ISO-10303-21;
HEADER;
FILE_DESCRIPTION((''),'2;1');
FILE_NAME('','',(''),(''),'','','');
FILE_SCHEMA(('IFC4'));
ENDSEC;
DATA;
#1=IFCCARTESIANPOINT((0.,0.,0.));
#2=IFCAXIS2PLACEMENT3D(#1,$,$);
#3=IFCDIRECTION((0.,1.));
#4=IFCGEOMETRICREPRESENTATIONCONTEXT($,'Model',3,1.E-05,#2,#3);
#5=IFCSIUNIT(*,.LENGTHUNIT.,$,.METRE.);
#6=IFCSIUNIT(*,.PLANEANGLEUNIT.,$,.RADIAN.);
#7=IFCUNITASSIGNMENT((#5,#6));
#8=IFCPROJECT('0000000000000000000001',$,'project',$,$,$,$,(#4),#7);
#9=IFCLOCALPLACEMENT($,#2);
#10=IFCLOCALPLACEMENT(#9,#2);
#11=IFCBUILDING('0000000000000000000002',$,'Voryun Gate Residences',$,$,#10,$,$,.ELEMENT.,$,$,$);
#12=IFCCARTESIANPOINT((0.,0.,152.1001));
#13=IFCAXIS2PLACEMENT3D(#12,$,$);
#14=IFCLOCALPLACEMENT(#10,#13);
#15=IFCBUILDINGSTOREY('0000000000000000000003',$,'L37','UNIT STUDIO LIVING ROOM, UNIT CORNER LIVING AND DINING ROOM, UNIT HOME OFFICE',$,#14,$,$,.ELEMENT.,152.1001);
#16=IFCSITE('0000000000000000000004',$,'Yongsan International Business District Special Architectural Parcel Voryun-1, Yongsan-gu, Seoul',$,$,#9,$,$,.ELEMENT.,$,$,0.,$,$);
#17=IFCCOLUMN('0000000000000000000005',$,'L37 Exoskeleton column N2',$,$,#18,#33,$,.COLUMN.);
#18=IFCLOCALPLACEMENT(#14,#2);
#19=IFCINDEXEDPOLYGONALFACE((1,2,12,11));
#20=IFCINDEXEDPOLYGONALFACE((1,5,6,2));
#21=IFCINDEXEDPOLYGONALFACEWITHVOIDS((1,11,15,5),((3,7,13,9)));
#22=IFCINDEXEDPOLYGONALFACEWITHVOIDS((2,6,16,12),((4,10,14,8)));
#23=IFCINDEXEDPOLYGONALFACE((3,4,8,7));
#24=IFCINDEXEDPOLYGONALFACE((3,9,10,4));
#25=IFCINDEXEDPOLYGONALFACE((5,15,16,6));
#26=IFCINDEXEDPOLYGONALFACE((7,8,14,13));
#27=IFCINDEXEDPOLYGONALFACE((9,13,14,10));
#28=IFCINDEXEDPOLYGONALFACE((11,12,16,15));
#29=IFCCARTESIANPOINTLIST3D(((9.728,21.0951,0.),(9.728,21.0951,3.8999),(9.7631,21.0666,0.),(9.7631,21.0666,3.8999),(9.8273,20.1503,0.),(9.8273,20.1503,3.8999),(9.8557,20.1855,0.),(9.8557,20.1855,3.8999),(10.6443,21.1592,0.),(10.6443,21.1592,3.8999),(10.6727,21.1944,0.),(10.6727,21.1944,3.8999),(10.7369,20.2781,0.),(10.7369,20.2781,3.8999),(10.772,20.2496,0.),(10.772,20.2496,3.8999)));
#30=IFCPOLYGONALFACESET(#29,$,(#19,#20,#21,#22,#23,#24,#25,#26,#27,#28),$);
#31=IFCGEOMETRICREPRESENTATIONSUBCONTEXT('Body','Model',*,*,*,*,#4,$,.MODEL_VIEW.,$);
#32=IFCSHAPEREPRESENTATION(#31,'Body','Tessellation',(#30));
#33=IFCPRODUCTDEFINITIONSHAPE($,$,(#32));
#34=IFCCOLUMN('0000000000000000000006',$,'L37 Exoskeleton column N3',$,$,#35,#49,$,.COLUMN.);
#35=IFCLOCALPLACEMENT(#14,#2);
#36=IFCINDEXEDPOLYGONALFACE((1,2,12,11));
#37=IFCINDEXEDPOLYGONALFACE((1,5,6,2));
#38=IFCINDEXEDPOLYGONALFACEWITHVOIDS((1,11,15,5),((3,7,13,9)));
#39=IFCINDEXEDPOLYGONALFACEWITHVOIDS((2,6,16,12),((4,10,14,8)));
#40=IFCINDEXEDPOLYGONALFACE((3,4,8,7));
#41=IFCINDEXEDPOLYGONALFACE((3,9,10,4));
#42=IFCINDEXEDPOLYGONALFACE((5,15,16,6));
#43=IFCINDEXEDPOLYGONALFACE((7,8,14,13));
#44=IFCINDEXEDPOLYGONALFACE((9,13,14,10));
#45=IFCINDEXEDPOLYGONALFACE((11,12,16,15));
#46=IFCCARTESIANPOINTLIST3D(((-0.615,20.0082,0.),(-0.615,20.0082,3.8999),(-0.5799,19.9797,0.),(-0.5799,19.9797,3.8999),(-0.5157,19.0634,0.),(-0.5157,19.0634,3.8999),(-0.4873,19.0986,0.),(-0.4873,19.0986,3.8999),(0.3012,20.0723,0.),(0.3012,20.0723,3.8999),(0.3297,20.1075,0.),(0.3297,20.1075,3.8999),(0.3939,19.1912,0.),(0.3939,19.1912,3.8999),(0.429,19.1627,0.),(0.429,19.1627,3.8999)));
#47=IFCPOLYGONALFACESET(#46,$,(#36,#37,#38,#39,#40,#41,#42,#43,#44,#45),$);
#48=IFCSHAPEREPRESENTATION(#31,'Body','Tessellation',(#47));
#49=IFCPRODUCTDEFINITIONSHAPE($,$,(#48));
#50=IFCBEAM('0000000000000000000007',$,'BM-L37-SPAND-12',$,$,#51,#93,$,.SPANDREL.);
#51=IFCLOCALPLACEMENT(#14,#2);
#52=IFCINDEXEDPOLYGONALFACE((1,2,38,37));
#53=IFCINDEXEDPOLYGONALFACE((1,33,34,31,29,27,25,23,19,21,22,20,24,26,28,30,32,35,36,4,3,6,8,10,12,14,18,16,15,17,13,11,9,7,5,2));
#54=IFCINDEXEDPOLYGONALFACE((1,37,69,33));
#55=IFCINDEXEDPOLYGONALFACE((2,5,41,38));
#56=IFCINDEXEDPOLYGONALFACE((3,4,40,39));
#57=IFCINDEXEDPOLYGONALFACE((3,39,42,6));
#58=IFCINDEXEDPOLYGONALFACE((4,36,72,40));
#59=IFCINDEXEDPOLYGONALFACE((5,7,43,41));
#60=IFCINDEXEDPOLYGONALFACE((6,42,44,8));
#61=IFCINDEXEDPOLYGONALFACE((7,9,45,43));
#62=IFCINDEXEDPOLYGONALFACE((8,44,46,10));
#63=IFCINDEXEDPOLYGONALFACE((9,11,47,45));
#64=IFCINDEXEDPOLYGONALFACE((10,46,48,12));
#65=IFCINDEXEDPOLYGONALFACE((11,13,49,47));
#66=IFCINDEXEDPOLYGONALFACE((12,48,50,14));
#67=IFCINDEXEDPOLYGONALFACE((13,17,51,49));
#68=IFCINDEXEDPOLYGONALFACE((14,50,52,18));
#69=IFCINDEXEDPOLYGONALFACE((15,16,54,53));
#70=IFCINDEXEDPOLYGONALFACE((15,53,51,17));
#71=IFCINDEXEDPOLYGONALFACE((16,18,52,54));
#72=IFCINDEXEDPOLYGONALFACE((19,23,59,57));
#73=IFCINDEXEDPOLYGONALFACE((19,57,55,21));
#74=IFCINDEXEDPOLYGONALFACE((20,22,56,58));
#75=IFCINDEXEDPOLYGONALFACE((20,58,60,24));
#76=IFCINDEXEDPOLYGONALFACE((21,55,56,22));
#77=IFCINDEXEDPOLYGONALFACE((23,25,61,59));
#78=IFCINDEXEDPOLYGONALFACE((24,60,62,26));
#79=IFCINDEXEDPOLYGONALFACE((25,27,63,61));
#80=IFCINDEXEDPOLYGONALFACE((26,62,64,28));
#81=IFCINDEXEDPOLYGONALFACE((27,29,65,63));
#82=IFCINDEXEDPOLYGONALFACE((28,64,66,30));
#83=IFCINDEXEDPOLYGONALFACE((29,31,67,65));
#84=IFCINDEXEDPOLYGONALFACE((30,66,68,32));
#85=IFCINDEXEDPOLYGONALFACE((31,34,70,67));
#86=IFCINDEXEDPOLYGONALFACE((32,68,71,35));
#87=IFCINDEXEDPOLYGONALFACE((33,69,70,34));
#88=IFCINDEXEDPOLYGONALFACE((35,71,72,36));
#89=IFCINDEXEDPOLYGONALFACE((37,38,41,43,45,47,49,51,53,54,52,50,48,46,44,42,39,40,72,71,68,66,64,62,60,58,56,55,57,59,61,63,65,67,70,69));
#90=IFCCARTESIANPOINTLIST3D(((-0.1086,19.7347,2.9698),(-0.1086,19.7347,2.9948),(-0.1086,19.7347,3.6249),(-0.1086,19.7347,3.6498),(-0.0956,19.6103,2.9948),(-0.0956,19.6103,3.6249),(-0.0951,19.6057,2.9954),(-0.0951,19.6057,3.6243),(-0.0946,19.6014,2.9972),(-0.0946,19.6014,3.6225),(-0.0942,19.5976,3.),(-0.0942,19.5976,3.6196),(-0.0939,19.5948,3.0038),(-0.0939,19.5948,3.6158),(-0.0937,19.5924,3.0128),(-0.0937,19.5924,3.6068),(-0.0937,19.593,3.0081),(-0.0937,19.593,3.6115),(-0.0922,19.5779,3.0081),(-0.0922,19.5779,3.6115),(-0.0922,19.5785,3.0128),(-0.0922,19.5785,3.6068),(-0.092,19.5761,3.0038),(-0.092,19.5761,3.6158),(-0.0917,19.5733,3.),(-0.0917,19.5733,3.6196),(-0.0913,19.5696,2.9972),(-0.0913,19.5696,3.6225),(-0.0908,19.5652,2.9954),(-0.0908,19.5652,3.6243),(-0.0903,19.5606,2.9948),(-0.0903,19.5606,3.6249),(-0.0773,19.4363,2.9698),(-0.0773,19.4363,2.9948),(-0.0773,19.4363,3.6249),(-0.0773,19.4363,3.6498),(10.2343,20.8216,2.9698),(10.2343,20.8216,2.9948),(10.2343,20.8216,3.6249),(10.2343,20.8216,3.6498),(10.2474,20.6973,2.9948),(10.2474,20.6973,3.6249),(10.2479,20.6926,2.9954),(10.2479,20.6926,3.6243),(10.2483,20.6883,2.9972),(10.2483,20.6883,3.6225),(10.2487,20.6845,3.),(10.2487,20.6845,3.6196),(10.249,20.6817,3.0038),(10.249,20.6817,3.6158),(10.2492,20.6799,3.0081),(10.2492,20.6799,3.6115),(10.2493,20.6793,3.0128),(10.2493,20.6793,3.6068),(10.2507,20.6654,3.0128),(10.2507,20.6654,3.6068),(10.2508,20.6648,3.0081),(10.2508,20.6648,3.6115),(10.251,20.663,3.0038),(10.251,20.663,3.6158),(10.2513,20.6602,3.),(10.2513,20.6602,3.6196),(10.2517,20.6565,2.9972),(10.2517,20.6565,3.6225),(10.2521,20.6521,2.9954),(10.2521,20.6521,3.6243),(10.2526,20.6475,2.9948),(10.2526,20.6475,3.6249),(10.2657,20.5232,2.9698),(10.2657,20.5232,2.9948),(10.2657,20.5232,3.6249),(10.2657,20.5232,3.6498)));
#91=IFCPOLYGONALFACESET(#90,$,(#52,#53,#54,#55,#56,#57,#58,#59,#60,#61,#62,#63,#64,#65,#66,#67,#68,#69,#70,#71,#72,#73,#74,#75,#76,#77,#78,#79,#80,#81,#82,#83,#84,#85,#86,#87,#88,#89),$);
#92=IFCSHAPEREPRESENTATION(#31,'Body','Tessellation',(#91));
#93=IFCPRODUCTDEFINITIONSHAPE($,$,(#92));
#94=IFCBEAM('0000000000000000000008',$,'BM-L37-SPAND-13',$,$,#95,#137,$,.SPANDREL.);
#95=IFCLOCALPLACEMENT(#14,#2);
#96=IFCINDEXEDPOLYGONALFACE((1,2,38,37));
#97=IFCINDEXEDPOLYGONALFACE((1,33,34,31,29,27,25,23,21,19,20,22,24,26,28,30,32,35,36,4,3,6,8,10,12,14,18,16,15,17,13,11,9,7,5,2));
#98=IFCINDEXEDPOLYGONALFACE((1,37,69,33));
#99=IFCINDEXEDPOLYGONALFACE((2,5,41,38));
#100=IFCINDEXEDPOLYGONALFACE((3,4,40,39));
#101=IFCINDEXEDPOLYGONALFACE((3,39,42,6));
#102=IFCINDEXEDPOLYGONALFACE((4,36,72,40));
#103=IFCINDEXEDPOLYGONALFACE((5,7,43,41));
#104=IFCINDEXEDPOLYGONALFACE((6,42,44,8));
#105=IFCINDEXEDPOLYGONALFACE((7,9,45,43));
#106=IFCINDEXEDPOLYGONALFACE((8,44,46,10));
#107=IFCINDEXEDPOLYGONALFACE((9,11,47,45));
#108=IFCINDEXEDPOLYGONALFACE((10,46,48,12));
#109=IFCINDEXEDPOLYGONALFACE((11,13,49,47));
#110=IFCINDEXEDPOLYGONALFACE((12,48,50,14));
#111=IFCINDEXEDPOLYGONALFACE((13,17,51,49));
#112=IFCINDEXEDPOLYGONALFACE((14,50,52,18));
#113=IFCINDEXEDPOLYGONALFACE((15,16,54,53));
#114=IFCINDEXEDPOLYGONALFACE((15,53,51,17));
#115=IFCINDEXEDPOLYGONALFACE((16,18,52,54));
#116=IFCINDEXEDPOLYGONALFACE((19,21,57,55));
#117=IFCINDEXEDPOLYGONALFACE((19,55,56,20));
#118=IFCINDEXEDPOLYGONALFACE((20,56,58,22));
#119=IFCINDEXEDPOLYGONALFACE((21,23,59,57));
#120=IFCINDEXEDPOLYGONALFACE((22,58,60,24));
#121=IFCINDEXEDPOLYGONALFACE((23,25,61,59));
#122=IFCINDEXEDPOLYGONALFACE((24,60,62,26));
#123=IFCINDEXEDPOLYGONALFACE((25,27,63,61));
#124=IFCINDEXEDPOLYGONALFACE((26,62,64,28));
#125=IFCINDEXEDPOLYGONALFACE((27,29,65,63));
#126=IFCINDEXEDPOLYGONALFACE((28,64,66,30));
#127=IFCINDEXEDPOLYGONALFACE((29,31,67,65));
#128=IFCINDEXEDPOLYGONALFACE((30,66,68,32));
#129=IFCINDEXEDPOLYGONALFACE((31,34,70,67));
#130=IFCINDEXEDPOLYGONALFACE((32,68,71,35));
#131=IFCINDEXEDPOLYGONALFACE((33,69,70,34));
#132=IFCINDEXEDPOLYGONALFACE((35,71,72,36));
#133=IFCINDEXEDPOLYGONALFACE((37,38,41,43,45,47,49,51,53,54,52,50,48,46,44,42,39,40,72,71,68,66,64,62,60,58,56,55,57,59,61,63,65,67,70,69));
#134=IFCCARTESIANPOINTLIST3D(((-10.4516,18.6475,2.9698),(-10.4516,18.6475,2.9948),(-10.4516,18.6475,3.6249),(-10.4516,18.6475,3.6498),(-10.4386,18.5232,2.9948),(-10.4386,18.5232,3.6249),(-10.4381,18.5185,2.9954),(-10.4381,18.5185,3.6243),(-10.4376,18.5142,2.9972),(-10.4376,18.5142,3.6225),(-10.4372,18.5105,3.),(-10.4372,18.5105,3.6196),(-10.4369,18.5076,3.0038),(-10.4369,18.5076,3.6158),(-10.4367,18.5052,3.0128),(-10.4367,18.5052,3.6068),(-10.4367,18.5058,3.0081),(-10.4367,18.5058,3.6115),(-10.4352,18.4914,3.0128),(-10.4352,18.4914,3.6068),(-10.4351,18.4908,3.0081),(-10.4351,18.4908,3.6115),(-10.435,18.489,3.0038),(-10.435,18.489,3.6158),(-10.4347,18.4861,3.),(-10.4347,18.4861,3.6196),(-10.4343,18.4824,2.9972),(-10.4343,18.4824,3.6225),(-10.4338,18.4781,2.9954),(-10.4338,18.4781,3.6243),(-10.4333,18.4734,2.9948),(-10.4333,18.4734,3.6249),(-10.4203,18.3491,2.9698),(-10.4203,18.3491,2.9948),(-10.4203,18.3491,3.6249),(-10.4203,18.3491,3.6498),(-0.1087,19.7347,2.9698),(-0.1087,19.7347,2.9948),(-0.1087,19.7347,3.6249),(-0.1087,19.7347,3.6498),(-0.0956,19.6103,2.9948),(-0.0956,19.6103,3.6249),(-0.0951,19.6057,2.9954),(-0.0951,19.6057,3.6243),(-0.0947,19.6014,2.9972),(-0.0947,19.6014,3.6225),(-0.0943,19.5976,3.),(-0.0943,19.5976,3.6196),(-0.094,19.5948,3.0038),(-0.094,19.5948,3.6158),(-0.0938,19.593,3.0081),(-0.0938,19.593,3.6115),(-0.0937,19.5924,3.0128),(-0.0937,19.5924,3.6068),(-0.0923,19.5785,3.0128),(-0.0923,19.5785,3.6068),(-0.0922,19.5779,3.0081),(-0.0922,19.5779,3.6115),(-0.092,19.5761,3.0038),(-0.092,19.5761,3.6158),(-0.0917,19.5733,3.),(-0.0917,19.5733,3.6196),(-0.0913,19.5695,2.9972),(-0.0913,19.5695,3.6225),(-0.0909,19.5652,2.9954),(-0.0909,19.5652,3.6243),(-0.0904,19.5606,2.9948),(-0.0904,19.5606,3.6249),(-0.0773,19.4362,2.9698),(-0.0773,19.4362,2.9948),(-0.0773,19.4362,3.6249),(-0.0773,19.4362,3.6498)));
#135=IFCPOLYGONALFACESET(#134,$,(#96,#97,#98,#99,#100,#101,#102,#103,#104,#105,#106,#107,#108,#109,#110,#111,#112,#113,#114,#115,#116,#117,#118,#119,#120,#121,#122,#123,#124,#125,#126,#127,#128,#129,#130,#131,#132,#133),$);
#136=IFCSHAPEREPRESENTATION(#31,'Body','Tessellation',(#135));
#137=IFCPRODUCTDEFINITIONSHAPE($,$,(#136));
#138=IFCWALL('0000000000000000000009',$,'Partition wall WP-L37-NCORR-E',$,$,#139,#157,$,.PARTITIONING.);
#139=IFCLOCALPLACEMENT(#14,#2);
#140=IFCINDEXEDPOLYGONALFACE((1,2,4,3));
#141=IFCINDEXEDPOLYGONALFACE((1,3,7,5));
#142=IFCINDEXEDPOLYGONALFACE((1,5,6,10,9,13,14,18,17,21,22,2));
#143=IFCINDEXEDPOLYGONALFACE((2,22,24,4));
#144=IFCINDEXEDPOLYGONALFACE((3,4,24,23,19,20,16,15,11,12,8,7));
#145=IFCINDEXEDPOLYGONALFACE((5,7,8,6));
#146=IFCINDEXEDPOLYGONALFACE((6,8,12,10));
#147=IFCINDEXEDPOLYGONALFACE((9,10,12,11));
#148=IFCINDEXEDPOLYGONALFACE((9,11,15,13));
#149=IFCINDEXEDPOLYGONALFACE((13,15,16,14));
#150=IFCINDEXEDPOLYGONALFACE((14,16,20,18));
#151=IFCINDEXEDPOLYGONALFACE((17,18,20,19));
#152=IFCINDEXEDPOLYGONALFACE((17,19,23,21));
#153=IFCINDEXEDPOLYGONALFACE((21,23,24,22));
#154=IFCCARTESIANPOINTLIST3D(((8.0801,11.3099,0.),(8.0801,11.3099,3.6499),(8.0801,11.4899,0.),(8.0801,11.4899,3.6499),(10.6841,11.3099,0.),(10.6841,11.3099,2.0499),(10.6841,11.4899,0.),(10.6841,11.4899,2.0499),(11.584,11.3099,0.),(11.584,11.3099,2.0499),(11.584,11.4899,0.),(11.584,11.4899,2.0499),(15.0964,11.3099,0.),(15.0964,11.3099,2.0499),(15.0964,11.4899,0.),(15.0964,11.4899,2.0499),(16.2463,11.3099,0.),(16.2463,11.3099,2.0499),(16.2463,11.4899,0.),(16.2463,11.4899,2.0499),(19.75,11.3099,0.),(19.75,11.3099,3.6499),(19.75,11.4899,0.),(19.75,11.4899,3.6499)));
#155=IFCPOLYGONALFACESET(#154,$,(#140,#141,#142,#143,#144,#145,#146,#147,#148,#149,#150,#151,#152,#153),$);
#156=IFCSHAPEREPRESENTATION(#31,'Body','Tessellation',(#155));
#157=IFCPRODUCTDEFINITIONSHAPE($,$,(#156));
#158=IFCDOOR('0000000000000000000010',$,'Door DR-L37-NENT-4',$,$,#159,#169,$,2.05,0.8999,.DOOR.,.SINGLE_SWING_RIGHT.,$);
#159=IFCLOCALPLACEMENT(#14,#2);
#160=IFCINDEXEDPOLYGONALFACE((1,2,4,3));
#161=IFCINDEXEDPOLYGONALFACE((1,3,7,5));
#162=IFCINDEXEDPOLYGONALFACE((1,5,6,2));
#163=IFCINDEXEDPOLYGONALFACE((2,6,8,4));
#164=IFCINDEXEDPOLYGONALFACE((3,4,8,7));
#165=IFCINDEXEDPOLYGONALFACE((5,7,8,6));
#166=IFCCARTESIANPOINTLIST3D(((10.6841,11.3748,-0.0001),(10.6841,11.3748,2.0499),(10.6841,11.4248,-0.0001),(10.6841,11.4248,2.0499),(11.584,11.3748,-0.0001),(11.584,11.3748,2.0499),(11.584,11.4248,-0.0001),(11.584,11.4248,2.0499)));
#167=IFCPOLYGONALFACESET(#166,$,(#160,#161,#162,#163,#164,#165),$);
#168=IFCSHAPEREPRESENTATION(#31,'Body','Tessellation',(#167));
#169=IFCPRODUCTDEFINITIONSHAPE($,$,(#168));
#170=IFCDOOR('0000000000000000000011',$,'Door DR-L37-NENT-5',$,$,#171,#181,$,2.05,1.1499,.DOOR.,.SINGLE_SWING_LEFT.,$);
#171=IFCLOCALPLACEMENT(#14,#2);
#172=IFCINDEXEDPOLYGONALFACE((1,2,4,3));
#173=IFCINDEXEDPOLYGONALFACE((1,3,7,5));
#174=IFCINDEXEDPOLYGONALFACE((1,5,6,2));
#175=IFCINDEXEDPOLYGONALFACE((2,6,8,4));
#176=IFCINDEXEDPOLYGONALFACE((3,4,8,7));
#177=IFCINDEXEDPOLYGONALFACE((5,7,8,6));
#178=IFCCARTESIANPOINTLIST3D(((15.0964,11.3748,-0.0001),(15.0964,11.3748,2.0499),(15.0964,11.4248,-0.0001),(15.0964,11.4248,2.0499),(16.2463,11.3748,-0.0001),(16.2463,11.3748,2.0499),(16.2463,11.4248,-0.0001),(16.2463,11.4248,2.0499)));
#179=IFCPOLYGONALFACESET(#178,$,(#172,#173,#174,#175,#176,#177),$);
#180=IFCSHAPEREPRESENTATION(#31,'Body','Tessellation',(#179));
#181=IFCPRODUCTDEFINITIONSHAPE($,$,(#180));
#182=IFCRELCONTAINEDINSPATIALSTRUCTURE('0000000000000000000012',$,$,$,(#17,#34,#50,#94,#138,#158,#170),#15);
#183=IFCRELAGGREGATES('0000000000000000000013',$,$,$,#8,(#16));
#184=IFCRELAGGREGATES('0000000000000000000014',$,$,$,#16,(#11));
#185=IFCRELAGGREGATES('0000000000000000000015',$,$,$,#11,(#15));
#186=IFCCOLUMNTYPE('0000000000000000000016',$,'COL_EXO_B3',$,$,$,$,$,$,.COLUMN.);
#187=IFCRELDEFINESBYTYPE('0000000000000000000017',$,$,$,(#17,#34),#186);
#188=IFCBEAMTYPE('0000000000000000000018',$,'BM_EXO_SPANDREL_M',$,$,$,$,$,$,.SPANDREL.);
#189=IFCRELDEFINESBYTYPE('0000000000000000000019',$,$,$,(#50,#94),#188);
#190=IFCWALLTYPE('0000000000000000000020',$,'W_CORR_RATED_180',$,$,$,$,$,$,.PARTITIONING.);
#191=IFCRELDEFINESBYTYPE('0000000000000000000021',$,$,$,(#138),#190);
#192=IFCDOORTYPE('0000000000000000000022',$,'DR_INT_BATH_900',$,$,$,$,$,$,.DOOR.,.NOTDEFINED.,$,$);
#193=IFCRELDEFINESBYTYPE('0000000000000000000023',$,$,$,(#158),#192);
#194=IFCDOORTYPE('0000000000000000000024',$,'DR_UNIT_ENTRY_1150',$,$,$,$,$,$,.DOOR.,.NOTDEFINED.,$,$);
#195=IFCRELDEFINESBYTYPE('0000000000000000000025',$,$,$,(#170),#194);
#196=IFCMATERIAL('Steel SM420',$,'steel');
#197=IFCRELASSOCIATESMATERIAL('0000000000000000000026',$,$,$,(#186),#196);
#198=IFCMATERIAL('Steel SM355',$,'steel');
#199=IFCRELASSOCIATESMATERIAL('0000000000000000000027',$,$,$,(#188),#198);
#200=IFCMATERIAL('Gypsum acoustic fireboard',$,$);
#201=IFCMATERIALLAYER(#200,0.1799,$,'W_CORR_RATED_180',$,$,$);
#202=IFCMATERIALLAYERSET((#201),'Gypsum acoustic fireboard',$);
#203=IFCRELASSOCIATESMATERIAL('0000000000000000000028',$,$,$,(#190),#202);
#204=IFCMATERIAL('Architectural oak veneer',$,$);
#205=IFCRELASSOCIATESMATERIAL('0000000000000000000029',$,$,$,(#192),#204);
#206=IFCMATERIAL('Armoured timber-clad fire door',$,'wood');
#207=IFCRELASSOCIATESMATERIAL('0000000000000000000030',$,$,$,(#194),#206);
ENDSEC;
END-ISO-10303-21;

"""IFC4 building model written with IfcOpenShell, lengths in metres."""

from ifc_helpers import new_model, si_unit, direction, frame, frame_2d, origin, origin_2d, place, context, subcontext, project, spatial, rectangle, hollow_rectangle, i_section, extrude, material, layer, layer_set, material_profile, profile_set, type_object, element, fill, save


model = new_model("IFC4")

# Units and contexts
model_context = context("Model", 3, precision=1e-05, world=origin(), true_north=direction((0.0, 1.0)))
body_context = subcontext(model_context, "Body", "Model", "MODEL_VIEW")
ifc_project = project(units=[si_unit("LENGTHUNIT", "METRE"), si_unit("PLANEANGLEUNIT", "RADIAN")], contexts=[model_context])

# Site, building, storey
site_placement = place(None, origin())
site = spatial("IfcSite", under=ifc_project, at=site_placement, Name="Yongsan International Business District Special Architectural Parcel Voryun-1, Yongsan-gu, Seoul", CompositionType="ELEMENT", RefElevation=0.0)
building_placement = place(site_placement, origin())
building = spatial("IfcBuilding", under=site, at=building_placement, Name="Voryun Gate Residences", CompositionType="ELEMENT")
storey_placement = place(building_placement, frame((0.0, 0.0, 152.1001)))
storey = spatial("IfcBuildingStorey", under=building, at=storey_placement, Name="L37", Description="UNIT STUDIO LIVING ROOM, UNIT CORNER LIVING AND DINING ROOM, UNIT HOME OFFICE", CompositionType="ELEMENT", Elevation=152.1001)

# Columns
ifc_material_1 = material(Name="Steel SM420", Category="steel")
ifc_material_profile_1 = material_profile(ifc_material_1, hollow_rectangle(XDim=0.95, YDim=0.95, WallThickness=0.032, at=origin_2d()), Name="BOX-950x950x32")
ifc_profile_set_1 = profile_set([ifc_material_profile_1], Name="Steel SM420")
column_type = type_object("IfcColumnType", Name="COL_EXO_B3", PredefinedType="COLUMN", material=ifc_profile_set_1)
for number, where, z_axis, x_axis, name in (
    (1, (10.25, 20.6724, 0.0), (0.0, 0.0, 1.0), (0.994522, 0.104528, 0.0), "L37 Exoskeleton column N2"),
    (2, (-0.093, 19.5854, 0.0), (0.0, 0.0, 1.0), (0.994522, 0.104528, 0.0), "L37 Exoskeleton column N3"),
):
    element("IfcColumn", number, at=place(storey_placement, frame(where, z_axis=z_axis, x_axis=x_axis)), inside=storey, type_object=column_type, Name=name, PredefinedType="COLUMN", context=body_context, shape_type="SweptSolid", body=[
        extrude(hollow_rectangle(XDim=0.95, YDim=0.95, WallThickness=0.032, at=origin_2d()), origin(), (0.0, 0.0, 1.0), 3.8999),
    ])

# Beams
ifc_material_2 = material(Name="Steel SM355", Category="steel")
ifc_material_profile_2 = material_profile(ifc_material_2, i_section(OverallWidth=0.3, OverallDepth=0.6799, WebThickness=0.0139, FlangeThickness=0.0249, FilletRadius=0.0181, at=origin_2d()), Name="H-680x300x14x25")
ifc_profile_set_2 = profile_set([ifc_material_profile_2], Name="Steel SM355")
beam_type = type_object("IfcBeamType", Name="BM_EXO_SPANDREL_M", PredefinedType="SPANDREL", material=ifc_profile_set_2)
for number, where, z_axis, x_axis, name in (
    (3, (10.25, 20.6724, 3.3098), (-0.994524, -0.104511, 0.0), (0.104511, -0.994524, 0.0), "BM-L37-SPAND-12"),
    (4, (-0.093, 19.5854, 3.3098), (-0.994521, -0.104534, 0.0), (0.104534, -0.994521, 0.0), "BM-L37-SPAND-13"),
):
    element("IfcBeam", number, at=place(storey_placement, frame(where, z_axis=z_axis, x_axis=x_axis)), inside=storey, type_object=beam_type, Name=name, PredefinedType="SPANDREL", context=body_context, shape_type="SweptSolid", body=[
        extrude(i_section(OverallWidth=0.3, OverallDepth=0.6799, WebThickness=0.0139, FlangeThickness=0.0249, FilletRadius=0.0181, at=origin_2d()), origin(), (0.0, 0.0, 1.0), 10.3999),
    ])

# Wall, openings, doors
ifc_material_3 = material(Name="Gypsum acoustic fireboard")
ifc_layer_1 = layer(ifc_material_3, 0.1799, Name="W_CORR_RATED_180")
ifc_layer_set_1 = layer_set([ifc_layer_1], Name="Gypsum acoustic fireboard")
wall_type_1 = type_object("IfcWallType", Name="W_CORR_RATED_180", PredefinedType="PARTITIONING", material=ifc_layer_set_1)
wall_1_placement = place(storey_placement, frame((8.0801, 11.3999, 0.0), z_axis=(0.0, 0.0, 1.0), x_axis=(1.0, 0.0, 0.0)))
wall_1 = element("IfcWall", 5, at=wall_1_placement, inside=storey, type_object=wall_type_1, Name="Partition wall WP-L37-NCORR-E", PredefinedType="PARTITIONING", context=body_context, shape_type="SweptSolid", body=[
    extrude(rectangle(XDim=11.6699, YDim=0.1799, at=frame_2d((5.835, 0.0))), origin(), (0.0, 0.0, 1.0), 3.6499),
])
opening_1_placement = place(wall_1_placement, frame((2.604, 0.0, 0.0)))
opening_1 = element("IfcOpeningElement", 6, at=opening_1_placement, cuts=wall_1, PredefinedType="OPENING", context=body_context, shape_type="SweptSolid", body=[
    extrude(rectangle(XDim=0.8999, YDim=2.05, at=frame_2d((0.45, 1.0249))), frame((0.0, 0.0999, 0.0), z_axis=(0.0, -1.0, 0.0), x_axis=(1.0, 0.0, 0.0)), (0.0, 0.0, 1.0), 0.2),
])
opening_2_placement = place(wall_1_placement, frame((7.0164, 0.0, 0.0)))
opening_2 = element("IfcOpeningElement", 7, at=opening_2_placement, cuts=wall_1, PredefinedType="OPENING", context=body_context, shape_type="SweptSolid", body=[
    extrude(rectangle(XDim=1.1499, YDim=2.05, at=frame_2d((0.575, 1.0249))), frame((0.0, 0.0999, 0.0), z_axis=(0.0, -1.0, 0.0), x_axis=(1.0, 0.0, 0.0)), (0.0, 0.0, 1.0), 0.2),
])
ifc_material_4 = material(Name="Architectural oak veneer")
door_type_1 = type_object("IfcDoorType", Name="DR_INT_BATH_900", OperationType="NOTDEFINED", PredefinedType="DOOR", material=ifc_material_4)
door_1_placement = place(opening_1_placement, origin())
door_1 = element("IfcDoor", 8, at=door_1_placement, inside=storey, type_object=door_type_1, Name="Door DR-L37-NENT-4", OperationType="SINGLE_SWING_RIGHT", OverallHeight=2.05, OverallWidth=0.8999, PredefinedType="DOOR", context=body_context, shape_type="SweptSolid", body=[
    extrude(rectangle(XDim=0.8999, YDim=2.05, at=frame_2d((0.45, 1.0249))), frame((0.0, 0.0249, 0.0), z_axis=(0.0, -1.0, 0.0), x_axis=(1.0, 0.0, 0.0)), (0.0, 0.0, 1.0), 0.05),
])
fill(opening_1, door_1)
ifc_material_5 = material(Name="Armoured timber-clad fire door", Category="wood")
door_type_2 = type_object("IfcDoorType", Name="DR_UNIT_ENTRY_1150", OperationType="NOTDEFINED", PredefinedType="DOOR", material=ifc_material_5)
door_2_placement = place(opening_2_placement, origin())
door_2 = element("IfcDoor", 9, at=door_2_placement, inside=storey, type_object=door_type_2, Name="Door DR-L37-NENT-5", OperationType="SINGLE_SWING_LEFT", OverallHeight=2.05, OverallWidth=1.1499, PredefinedType="DOOR", context=body_context, shape_type="SweptSolid", body=[
    extrude(rectangle(XDim=1.1499, YDim=2.05, at=frame_2d((0.575, 1.0249))), frame((0.0, 0.0249, 0.0), z_axis=(0.0, -1.0, 0.0), x_axis=(1.0, 0.0, 0.0)), (0.0, 0.0, 1.0), 0.05),
])
fill(opening_2, door_2)

save(model, "model.ifc")
